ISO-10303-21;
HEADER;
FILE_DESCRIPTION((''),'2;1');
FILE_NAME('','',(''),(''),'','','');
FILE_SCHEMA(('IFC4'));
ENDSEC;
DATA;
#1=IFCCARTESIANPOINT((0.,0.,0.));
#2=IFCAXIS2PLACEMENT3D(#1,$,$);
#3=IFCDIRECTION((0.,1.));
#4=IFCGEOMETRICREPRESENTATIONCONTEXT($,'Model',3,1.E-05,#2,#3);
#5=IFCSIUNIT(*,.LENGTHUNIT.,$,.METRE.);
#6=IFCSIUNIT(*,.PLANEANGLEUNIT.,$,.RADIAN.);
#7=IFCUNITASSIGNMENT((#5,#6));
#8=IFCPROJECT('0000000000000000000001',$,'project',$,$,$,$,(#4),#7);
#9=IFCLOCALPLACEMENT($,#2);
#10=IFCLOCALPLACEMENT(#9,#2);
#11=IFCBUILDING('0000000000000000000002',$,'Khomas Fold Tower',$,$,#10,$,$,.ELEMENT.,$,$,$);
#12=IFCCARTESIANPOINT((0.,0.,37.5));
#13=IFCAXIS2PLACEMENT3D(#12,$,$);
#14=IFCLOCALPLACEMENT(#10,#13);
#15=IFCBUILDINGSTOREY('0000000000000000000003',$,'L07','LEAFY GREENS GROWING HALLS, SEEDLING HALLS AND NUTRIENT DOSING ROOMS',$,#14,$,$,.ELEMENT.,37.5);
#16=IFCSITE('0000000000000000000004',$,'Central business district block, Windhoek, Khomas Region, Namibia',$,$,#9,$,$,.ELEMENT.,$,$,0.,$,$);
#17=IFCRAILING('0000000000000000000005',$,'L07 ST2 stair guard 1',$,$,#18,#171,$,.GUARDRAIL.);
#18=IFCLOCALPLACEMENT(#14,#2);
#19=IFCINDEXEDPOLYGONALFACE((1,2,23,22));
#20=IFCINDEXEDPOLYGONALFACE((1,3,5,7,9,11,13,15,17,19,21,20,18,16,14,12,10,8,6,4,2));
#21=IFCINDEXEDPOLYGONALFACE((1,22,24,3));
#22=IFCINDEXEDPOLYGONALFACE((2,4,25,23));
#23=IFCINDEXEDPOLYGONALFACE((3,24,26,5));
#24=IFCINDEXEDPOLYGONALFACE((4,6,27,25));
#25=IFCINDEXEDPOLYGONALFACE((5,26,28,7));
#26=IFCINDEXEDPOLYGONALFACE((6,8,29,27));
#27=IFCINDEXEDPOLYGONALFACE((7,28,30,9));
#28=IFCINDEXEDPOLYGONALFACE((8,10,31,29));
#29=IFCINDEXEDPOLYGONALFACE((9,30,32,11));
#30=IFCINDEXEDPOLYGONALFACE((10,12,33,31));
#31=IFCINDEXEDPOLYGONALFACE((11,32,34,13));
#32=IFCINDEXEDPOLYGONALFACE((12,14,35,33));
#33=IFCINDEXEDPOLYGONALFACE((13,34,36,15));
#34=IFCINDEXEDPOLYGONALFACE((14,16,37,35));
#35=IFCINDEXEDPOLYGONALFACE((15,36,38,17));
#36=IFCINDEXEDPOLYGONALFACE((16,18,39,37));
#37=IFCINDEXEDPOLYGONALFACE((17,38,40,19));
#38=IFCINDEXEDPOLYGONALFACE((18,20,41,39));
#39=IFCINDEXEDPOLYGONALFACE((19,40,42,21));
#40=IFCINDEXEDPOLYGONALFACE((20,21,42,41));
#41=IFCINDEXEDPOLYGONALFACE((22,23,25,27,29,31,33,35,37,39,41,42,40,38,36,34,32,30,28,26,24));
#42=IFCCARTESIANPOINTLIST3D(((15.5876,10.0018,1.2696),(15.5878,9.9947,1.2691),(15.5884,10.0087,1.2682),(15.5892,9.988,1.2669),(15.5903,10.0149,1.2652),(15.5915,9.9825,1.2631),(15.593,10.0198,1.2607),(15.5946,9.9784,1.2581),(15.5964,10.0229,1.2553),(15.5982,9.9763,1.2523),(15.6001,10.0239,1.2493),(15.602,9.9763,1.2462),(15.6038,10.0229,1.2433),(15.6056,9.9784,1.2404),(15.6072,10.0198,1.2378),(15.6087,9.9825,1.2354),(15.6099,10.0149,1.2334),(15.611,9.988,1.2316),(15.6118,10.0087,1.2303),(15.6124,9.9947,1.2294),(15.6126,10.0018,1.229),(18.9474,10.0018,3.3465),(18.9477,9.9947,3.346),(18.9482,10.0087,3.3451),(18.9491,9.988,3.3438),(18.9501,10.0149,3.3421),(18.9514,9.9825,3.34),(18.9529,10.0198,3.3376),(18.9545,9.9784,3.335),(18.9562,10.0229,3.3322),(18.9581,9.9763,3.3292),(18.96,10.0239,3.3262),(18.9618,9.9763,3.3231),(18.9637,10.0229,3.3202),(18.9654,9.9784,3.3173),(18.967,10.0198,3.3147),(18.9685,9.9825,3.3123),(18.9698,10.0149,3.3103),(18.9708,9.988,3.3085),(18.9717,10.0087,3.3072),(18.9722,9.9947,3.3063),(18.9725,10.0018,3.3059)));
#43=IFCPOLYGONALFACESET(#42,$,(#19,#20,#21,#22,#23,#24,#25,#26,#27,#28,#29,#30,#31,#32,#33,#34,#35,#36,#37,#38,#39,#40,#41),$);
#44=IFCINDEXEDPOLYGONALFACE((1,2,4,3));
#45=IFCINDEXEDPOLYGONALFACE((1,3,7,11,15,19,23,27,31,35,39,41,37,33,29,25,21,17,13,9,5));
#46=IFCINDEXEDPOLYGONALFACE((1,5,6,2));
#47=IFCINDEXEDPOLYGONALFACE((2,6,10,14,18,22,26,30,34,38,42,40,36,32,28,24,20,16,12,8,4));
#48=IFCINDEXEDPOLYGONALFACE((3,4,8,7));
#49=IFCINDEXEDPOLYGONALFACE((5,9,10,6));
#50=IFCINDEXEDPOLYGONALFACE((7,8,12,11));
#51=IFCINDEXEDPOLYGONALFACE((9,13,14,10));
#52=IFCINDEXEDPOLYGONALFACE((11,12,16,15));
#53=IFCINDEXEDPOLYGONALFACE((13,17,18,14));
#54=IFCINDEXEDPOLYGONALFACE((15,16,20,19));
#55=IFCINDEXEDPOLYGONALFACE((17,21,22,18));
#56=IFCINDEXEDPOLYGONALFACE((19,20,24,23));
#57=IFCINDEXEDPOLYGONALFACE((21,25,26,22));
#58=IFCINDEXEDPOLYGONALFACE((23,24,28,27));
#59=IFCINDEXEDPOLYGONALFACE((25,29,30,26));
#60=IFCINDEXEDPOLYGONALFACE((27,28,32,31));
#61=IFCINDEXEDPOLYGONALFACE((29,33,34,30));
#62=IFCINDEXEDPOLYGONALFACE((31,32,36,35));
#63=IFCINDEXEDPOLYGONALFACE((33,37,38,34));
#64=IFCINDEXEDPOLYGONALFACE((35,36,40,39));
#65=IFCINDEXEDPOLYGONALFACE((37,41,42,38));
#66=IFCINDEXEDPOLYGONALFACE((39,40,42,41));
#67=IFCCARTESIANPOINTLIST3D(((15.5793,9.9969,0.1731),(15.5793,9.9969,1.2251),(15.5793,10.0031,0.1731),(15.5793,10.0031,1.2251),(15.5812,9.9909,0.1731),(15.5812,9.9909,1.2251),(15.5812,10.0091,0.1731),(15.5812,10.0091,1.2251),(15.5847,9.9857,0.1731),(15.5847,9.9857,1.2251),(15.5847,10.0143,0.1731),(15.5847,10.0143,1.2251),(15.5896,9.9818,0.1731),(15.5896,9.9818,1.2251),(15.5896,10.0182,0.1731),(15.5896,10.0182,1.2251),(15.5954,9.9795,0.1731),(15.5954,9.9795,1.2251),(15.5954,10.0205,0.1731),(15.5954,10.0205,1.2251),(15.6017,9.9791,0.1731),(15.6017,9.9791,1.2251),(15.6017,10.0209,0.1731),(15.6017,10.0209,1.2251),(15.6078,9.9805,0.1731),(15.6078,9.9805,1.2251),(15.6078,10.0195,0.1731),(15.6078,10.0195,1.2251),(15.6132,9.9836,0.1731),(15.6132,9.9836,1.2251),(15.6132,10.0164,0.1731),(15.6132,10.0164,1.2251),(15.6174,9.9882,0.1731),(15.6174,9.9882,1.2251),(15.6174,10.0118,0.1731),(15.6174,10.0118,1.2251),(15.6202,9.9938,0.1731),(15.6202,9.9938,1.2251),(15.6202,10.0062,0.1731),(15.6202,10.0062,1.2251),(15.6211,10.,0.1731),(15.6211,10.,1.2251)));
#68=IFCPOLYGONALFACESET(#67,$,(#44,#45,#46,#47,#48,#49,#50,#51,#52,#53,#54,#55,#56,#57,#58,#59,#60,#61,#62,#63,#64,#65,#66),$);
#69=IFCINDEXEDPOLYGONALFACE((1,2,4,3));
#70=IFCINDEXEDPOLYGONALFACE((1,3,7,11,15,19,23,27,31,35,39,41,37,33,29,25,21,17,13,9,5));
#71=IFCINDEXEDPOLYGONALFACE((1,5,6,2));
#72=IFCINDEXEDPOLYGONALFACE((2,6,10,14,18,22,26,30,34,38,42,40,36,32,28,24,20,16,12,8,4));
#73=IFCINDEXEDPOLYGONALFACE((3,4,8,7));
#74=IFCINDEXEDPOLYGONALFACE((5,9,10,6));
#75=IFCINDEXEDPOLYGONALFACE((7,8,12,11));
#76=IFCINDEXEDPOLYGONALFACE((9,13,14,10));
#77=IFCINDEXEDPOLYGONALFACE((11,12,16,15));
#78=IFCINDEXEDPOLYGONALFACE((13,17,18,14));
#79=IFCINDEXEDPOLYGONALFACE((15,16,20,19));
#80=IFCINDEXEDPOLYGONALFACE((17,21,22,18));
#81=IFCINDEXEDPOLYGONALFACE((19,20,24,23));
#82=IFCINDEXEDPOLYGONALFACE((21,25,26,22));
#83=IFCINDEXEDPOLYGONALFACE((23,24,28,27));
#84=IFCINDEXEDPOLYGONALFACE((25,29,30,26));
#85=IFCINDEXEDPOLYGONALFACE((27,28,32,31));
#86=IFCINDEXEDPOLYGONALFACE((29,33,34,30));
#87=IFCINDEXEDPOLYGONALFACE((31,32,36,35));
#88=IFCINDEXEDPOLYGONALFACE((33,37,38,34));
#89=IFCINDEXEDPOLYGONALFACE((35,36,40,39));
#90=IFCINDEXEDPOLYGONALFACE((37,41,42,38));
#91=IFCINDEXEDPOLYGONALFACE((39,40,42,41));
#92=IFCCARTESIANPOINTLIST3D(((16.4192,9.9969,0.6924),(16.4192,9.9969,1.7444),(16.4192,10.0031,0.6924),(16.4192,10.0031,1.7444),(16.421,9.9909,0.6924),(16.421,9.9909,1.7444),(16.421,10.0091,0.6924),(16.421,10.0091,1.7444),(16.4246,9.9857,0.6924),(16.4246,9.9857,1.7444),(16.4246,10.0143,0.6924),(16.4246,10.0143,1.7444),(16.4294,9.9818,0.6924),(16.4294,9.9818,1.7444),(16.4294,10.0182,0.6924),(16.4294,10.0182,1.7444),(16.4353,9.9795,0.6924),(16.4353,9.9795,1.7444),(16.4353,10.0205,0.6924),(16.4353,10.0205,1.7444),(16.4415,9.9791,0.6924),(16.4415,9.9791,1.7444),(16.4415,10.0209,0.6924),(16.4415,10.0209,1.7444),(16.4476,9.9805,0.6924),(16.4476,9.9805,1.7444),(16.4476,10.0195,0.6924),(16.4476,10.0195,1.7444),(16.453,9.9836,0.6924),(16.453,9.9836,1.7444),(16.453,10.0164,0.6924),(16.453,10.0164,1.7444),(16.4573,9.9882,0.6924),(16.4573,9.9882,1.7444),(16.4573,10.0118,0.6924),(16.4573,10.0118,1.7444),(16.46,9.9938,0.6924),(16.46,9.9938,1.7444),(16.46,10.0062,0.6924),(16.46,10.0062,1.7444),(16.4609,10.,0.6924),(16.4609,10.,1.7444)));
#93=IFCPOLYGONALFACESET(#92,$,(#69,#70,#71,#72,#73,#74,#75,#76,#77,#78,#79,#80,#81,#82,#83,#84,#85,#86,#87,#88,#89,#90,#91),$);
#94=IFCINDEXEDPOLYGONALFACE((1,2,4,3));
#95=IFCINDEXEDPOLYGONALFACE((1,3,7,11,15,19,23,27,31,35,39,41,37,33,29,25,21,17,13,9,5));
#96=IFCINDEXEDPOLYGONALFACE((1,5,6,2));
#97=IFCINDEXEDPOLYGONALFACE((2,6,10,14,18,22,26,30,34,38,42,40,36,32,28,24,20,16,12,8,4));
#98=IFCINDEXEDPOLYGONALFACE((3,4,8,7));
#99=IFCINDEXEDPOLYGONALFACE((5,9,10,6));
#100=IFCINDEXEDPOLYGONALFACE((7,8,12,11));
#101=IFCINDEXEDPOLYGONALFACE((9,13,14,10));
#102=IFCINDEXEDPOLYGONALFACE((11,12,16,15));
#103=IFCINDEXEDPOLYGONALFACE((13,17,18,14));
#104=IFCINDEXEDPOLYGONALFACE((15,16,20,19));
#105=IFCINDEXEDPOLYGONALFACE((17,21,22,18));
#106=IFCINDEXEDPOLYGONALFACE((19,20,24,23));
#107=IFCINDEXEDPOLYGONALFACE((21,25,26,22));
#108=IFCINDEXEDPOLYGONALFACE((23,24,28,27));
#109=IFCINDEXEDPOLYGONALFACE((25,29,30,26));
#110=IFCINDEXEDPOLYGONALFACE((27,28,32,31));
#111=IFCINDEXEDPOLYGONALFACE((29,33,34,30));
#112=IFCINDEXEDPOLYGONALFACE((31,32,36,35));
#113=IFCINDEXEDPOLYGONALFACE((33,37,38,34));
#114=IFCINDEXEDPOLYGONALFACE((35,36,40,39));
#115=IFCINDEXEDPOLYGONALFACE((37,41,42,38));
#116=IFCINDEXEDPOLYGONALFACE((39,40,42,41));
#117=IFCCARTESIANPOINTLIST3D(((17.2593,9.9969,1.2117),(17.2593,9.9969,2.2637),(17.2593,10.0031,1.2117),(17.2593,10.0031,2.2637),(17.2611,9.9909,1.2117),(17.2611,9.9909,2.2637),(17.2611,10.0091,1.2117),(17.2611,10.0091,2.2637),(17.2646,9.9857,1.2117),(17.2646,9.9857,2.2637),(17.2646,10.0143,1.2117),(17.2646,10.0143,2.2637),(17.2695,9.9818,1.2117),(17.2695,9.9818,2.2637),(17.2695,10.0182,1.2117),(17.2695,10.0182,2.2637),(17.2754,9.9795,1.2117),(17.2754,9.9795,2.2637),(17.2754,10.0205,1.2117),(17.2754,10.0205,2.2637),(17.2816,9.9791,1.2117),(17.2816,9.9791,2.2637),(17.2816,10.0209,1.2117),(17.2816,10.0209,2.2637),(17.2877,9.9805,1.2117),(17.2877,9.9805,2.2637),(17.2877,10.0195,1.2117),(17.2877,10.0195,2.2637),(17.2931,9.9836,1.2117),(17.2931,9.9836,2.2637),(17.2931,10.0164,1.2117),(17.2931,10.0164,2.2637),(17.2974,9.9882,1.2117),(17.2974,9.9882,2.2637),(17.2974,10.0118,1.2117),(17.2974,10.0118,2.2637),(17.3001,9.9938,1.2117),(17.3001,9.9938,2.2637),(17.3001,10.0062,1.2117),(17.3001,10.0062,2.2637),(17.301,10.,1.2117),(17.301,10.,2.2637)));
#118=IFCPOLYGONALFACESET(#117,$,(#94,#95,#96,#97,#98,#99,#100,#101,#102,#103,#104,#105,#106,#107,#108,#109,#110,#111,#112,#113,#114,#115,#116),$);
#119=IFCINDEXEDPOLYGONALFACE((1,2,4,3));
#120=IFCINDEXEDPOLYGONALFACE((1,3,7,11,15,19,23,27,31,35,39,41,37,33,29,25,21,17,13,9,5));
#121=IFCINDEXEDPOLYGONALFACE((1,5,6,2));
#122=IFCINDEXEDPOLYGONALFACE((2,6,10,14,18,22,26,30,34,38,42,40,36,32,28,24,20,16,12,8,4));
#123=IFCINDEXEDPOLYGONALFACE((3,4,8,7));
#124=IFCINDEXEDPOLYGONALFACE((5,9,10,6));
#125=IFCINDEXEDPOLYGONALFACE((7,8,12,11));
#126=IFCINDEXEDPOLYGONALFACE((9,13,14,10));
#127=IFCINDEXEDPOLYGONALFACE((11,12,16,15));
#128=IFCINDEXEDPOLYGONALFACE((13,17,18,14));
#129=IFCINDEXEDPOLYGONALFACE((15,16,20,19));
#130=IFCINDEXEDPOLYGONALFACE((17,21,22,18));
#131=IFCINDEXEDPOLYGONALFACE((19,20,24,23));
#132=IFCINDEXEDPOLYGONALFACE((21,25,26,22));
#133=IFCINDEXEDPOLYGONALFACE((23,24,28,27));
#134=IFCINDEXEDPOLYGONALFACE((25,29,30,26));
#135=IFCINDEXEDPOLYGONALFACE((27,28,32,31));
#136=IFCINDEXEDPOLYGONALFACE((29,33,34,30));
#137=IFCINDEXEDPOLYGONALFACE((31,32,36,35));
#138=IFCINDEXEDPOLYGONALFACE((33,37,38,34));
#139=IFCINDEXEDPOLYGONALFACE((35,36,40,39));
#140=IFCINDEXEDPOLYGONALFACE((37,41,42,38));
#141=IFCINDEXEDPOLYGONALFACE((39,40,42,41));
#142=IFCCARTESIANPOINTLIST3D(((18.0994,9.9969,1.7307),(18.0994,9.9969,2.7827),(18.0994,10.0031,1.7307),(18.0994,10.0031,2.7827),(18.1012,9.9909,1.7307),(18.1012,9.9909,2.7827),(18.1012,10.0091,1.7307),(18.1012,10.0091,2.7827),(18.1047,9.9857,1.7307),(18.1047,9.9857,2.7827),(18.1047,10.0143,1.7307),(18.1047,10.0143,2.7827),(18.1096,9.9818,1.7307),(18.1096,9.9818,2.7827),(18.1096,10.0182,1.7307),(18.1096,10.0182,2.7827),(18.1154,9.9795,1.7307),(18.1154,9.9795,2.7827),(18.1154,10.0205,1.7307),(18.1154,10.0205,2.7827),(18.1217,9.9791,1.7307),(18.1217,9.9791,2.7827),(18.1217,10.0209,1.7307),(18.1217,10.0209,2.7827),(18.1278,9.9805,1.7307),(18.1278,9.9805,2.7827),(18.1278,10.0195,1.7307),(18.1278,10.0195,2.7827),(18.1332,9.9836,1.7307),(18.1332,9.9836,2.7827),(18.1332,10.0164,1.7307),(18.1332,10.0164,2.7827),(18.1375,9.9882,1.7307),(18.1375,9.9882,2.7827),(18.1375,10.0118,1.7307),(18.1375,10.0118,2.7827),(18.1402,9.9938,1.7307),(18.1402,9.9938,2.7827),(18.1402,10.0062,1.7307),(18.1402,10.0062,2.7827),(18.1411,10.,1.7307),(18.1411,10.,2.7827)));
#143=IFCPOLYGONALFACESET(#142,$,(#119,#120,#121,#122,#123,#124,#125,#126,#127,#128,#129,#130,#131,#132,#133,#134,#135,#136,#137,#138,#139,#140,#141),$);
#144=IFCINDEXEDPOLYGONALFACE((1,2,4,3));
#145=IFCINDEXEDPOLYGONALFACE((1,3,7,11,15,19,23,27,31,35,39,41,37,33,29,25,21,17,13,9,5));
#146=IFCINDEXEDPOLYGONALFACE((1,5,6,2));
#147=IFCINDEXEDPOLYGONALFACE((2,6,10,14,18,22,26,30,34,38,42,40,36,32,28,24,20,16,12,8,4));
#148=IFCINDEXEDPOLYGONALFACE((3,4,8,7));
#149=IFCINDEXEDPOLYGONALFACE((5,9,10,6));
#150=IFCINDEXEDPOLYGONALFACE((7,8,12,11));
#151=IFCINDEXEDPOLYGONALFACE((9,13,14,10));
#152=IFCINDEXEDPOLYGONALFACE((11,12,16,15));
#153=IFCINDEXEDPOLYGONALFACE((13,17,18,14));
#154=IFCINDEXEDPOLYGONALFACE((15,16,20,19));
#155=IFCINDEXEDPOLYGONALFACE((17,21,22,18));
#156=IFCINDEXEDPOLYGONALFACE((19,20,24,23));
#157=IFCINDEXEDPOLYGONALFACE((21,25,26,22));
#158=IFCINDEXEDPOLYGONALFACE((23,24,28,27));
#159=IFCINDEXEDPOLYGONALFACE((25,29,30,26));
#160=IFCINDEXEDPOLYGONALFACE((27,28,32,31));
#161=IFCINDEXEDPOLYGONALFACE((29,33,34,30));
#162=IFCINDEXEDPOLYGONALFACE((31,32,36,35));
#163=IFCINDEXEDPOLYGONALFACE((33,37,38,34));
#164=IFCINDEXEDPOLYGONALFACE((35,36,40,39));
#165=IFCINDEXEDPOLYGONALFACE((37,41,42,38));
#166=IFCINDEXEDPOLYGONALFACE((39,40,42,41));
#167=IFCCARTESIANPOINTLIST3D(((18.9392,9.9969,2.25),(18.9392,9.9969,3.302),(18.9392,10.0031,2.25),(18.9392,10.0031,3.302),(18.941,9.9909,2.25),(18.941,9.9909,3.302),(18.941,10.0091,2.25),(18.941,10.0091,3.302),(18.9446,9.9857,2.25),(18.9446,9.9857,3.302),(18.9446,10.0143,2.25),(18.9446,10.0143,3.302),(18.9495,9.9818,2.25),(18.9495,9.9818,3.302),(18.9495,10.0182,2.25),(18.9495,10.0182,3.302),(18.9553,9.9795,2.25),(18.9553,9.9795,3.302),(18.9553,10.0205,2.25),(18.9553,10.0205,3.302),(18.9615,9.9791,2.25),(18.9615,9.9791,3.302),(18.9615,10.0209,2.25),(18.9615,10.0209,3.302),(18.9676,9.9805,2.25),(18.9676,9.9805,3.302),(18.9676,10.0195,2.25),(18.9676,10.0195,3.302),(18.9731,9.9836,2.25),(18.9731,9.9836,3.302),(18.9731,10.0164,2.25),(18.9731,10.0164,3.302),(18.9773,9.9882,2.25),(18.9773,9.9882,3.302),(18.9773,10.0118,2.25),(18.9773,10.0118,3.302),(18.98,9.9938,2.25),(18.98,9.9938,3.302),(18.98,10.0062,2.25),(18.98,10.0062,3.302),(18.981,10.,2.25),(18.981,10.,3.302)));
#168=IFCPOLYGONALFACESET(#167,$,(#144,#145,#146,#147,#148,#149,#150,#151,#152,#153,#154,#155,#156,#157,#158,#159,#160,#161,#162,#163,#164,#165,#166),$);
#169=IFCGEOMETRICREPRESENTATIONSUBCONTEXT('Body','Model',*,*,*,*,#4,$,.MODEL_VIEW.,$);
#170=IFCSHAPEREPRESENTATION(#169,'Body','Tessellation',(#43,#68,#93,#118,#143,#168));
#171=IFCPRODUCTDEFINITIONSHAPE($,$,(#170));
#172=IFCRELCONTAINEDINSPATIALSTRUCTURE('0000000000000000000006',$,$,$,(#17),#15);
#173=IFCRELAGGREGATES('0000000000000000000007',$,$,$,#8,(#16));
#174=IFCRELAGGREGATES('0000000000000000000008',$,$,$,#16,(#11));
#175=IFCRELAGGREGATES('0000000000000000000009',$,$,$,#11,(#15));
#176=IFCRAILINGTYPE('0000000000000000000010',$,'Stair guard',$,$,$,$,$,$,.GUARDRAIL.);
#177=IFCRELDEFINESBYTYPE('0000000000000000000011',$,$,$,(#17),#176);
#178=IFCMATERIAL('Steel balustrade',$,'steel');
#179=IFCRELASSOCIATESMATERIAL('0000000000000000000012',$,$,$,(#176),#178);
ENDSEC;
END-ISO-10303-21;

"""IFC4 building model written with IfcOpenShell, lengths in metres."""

from ifc_helpers import new_model, si_unit, direction, frame, origin, origin_2d, place, context, subcontext, project, spatial, circle, extrude, source, transform, mapped, material, type_object, element, save


model = new_model("IFC4")

# Units and contexts
model_context = context("Model", 3, precision=1e-05, world=origin(), true_north=direction((0.0, 1.0)))
body_context = subcontext(model_context, "Body", "Model", "MODEL_VIEW")
ifc_project = project(units=[si_unit("LENGTHUNIT", "METRE"), si_unit("PLANEANGLEUNIT", "RADIAN")], contexts=[model_context])

# Site, building, storey
site_placement = place(None, origin())
site = spatial("IfcSite", under=ifc_project, at=site_placement, Name="Central business district block, Windhoek, Khomas Region, Namibia", CompositionType="ELEMENT", RefElevation=0.0)
building_placement = place(site_placement, origin())
building = spatial("IfcBuilding", under=site, at=building_placement, Name="Khomas Fold Tower", CompositionType="ELEMENT")
storey_placement = place(building_placement, frame((0.0, 0.0, 37.5)))
storey = spatial("IfcBuildingStorey", under=building, at=storey_placement, Name="L07", Description="LEAFY GREENS GROWING HALLS, SEEDLING HALLS AND NUTRIENT DOSING ROOMS", CompositionType="ELEMENT", Elevation=37.5)

# Railing
ifc_material_1 = material(Name="Steel balustrade", Category="steel")
railing_type_1 = type_object("IfcRailingType", Name="Stair guard", PredefinedType="GUARDRAIL", material=ifc_material_1)
shared_shape_1 = source(origin(), body_context, "Body", "SweptSolid", [
    extrude(circle(Radius=0.0239, at=origin_2d()), frame((0.0, 0.0, 1.0762), z_axis=(0.850606, 0.0, 0.525803), x_axis=(0.0, 1.0, 0.0)), (0.0, 0.0, 1.0), 3.95),
    extrude(circle(Radius=0.021, at=origin_2d()), origin(), (0.0, 0.0, 1.0), 1.052),
    extrude(circle(Radius=0.021, at=origin_2d()), frame((0.8398, 0.0, 0.5193)), (0.0, 0.0, 1.0), 1.052),
    extrude(circle(Radius=0.021, at=origin_2d()), frame((1.6799, 0.0, 1.0386)), (0.0, 0.0, 1.0), 1.052),
    extrude(circle(Radius=0.021, at=origin_2d()), frame((2.52, 0.0, 1.5576)), (0.0, 0.0, 1.0), 1.052),
    extrude(circle(Radius=0.021, at=origin_2d()), frame((3.3599, 0.0, 2.0769)), (0.0, 0.0, 1.0), 1.052),
])
railing_1_placement = place(storey_placement, frame((15.6001, 10.0, 0.1731)))
element("IfcRailing", 1, at=railing_1_placement, inside=storey, type_object=railing_type_1, Name="L07 ST2 stair guard 1", PredefinedType="GUARDRAIL", context=body_context, shape_type="MappedRepresentation", body=[
    mapped(shared_shape_1, transform((0.0, 0.0, 0.0))),
])

save(model, "model.ifc")
